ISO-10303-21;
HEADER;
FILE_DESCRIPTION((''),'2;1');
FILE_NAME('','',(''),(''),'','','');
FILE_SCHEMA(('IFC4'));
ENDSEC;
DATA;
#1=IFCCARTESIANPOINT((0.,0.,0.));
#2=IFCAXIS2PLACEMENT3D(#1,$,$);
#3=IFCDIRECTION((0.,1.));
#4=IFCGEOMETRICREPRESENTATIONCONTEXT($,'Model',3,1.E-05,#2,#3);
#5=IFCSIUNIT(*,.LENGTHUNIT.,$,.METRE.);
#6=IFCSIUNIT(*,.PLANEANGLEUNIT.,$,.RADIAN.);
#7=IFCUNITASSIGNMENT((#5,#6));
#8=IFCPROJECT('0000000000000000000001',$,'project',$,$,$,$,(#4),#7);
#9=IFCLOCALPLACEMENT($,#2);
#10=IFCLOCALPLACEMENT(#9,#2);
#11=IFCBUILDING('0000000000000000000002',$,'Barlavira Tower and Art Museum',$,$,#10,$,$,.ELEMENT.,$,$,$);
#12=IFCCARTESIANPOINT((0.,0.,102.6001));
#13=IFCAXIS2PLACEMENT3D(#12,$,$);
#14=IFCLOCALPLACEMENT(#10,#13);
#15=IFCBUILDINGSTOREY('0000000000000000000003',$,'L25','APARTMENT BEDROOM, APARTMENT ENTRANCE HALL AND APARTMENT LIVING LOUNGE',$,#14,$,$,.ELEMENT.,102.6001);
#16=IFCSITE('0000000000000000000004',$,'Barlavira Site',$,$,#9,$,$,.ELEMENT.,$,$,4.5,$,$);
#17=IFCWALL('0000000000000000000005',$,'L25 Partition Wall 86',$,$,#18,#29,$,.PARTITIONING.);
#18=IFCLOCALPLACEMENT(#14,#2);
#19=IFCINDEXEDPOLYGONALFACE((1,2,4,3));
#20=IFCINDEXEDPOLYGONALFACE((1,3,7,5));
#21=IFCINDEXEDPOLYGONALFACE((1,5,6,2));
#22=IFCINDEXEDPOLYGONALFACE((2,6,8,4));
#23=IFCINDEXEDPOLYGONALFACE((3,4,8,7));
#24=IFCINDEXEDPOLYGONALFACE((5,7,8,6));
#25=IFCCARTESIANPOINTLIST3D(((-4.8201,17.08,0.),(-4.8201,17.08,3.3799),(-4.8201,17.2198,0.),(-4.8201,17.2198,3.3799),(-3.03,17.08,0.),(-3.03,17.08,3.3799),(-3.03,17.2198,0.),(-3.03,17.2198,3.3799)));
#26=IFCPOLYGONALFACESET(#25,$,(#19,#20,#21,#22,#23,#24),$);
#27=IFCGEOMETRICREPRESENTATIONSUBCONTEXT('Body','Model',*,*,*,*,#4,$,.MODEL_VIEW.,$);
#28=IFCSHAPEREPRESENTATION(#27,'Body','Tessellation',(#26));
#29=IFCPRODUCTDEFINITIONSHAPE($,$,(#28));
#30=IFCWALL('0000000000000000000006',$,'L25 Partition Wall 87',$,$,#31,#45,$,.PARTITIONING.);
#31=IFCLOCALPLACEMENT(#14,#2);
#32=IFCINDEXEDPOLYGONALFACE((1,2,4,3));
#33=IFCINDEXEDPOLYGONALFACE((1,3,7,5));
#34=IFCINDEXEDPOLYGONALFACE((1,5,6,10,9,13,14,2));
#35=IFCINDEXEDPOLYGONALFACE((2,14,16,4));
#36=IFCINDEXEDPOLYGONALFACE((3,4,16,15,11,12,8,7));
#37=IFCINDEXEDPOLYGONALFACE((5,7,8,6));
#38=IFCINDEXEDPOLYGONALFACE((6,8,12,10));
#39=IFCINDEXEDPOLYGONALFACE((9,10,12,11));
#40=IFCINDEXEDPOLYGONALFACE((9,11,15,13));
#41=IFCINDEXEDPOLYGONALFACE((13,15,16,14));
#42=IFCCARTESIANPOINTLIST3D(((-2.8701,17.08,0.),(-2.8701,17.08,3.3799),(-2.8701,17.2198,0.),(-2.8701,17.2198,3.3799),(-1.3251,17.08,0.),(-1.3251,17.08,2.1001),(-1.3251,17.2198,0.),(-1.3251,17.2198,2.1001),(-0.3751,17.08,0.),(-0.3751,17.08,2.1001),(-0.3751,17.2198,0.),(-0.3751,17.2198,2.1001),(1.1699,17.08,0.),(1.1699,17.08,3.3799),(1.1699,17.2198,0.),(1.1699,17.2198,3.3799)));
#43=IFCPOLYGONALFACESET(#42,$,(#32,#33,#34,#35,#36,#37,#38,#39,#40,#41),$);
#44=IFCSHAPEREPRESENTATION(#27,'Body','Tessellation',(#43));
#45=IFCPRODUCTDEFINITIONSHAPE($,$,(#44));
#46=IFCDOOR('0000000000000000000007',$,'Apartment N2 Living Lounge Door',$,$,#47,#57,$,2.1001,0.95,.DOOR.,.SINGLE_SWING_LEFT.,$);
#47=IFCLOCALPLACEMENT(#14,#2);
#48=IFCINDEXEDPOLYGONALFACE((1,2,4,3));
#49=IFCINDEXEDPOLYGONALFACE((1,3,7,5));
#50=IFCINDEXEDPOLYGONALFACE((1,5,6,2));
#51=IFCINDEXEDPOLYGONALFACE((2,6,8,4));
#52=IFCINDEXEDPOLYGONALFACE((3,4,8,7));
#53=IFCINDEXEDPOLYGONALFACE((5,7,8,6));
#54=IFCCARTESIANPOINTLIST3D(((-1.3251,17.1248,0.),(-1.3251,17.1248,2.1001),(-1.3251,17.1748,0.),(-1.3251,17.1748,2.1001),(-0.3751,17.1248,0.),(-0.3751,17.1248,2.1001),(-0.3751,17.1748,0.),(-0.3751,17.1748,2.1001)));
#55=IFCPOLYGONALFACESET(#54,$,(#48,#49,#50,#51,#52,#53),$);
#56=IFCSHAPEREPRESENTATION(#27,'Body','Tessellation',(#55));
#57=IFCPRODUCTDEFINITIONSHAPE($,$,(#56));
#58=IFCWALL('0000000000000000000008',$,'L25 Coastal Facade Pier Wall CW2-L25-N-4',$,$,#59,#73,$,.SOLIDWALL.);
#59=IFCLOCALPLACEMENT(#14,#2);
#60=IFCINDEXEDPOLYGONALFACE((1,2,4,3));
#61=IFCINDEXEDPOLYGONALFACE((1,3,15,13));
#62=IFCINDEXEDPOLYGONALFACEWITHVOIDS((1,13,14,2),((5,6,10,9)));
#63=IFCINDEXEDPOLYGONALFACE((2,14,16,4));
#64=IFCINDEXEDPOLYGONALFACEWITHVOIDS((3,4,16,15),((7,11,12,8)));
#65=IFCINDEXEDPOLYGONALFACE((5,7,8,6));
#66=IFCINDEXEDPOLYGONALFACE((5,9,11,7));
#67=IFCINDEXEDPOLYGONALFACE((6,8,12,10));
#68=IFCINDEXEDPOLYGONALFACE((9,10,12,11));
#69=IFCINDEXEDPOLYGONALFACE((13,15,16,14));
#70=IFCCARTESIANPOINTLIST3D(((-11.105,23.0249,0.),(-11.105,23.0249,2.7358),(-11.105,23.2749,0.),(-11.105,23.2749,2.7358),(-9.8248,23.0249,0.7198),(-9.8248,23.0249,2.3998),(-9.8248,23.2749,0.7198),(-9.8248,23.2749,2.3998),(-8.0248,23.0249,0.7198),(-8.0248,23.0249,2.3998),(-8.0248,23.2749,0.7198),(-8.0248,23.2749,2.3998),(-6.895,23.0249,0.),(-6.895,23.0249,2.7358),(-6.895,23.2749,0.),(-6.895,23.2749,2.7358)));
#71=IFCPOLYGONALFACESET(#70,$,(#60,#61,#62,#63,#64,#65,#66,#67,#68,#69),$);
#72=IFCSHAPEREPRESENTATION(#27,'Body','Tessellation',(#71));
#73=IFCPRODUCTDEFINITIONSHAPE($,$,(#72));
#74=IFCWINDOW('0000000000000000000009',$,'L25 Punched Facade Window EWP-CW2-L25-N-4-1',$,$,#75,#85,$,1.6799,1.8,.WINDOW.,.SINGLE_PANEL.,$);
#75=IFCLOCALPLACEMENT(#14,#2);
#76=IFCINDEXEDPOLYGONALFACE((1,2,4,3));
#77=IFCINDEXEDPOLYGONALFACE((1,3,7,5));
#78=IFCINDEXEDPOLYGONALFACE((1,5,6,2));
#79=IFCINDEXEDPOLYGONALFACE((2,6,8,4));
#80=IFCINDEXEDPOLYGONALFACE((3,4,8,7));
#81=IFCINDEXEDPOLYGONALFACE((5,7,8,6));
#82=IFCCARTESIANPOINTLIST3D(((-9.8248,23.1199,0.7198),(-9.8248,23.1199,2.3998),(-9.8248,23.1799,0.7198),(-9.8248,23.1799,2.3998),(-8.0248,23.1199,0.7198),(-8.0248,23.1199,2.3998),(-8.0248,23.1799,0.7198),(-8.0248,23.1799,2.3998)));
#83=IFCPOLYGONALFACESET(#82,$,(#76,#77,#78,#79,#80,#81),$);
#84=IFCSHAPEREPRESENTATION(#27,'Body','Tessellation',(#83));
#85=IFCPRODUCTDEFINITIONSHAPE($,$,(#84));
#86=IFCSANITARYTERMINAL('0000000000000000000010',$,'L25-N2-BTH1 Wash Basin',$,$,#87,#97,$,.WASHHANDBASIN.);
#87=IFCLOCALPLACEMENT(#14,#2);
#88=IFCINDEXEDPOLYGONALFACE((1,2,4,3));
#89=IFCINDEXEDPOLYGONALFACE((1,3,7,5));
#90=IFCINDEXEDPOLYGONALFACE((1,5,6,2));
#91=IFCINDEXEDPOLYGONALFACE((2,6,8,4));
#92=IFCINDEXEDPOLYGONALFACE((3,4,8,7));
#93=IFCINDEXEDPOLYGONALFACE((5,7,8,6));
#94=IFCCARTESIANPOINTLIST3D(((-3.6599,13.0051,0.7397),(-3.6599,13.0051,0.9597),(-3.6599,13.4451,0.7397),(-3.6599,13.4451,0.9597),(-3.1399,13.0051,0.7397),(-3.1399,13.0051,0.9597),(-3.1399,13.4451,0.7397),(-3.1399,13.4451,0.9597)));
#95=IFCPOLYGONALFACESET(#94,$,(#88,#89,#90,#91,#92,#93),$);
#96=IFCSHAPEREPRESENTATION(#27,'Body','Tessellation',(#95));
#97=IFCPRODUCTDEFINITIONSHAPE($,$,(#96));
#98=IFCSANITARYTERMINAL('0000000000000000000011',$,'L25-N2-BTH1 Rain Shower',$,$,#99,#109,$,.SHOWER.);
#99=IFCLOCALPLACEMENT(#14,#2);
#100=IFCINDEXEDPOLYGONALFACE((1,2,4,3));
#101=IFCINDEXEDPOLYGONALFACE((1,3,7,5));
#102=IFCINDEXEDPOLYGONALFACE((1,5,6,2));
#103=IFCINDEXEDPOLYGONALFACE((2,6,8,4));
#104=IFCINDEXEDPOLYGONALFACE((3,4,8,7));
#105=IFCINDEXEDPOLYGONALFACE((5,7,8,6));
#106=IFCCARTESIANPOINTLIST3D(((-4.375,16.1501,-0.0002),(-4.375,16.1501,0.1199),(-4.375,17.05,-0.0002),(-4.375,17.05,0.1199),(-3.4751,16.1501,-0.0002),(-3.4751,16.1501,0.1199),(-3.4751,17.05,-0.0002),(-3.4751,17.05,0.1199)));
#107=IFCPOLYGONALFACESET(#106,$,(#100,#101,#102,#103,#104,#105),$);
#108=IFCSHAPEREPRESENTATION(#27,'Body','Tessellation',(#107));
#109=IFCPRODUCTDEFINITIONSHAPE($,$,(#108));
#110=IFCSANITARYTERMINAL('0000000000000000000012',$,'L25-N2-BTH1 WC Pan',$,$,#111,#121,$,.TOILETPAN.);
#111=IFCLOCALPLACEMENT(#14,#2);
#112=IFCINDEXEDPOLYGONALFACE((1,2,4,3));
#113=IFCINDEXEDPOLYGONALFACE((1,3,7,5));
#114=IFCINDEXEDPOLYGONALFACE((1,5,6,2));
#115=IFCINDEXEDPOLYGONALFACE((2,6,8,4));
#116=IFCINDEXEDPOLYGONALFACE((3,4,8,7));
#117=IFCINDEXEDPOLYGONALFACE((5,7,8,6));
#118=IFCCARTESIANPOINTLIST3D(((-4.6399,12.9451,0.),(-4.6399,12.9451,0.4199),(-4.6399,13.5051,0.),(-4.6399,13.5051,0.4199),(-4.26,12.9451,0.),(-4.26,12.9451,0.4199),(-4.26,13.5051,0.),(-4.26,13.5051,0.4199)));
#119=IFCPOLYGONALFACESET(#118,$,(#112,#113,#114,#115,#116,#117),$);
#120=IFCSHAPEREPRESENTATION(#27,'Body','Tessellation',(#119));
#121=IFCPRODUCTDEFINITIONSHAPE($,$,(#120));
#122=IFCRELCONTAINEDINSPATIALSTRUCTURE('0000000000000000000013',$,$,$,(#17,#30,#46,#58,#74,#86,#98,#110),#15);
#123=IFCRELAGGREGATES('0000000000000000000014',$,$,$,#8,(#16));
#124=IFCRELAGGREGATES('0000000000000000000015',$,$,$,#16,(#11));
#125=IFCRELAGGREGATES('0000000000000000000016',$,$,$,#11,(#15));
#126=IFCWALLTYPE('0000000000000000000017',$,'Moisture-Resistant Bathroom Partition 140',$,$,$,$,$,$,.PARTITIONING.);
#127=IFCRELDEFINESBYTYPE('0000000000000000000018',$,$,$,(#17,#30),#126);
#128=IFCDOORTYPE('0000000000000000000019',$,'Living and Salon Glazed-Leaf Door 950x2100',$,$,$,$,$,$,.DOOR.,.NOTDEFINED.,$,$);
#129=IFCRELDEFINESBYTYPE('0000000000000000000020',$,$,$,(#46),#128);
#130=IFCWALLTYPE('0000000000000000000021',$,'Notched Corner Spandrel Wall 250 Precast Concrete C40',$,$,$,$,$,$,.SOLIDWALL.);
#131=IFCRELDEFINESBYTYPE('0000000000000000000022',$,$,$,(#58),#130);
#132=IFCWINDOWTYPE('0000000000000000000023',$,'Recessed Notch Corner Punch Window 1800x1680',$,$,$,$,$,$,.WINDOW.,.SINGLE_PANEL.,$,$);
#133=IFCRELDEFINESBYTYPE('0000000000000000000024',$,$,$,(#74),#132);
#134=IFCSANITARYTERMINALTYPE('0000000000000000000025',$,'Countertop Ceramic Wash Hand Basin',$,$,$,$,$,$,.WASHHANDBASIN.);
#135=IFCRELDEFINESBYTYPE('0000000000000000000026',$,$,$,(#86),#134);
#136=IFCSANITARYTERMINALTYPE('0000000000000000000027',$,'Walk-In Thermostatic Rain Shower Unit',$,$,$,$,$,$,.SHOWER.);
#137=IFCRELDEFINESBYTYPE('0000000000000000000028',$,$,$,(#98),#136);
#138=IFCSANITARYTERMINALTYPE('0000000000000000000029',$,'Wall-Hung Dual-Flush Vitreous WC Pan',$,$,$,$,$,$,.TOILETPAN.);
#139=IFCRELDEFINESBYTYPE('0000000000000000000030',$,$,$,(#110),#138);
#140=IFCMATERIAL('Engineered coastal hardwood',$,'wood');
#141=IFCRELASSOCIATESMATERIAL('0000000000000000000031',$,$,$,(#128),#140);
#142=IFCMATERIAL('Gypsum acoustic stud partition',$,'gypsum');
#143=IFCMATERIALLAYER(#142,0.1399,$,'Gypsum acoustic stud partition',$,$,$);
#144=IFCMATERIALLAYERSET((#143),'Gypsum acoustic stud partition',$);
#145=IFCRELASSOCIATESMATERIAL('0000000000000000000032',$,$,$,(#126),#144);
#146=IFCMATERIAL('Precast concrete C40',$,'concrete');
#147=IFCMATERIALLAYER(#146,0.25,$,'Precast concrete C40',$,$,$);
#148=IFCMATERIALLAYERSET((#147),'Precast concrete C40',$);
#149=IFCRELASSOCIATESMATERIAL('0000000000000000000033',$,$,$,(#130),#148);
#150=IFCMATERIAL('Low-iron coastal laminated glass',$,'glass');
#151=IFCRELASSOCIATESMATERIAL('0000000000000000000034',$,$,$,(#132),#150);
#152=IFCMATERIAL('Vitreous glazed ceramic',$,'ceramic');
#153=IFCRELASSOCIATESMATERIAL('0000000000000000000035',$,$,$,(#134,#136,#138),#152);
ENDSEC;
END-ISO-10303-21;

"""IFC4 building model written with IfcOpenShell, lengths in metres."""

from ifc_helpers import new_model, si_unit, direction, frame, frame_2d, origin, origin_2d, place, context, subcontext, project, spatial, rectangle, extrude, material, layer, layer_set, type_object, element, fill, save


model = new_model("IFC4")

# Units and contexts
model_context = context("Model", 3, precision=1e-05, world=origin(), true_north=direction((0.0, 1.0)))
body_context = subcontext(model_context, "Body", "Model", "MODEL_VIEW")
ifc_project = project(units=[si_unit("LENGTHUNIT", "METRE"), si_unit("PLANEANGLEUNIT", "RADIAN")], contexts=[model_context])

# Site, building, storey
site_placement = place(None, origin())
site = spatial("IfcSite", under=ifc_project, at=site_placement, Name="Barlavira Site", CompositionType="ELEMENT", RefElevation=4.5)
building_placement = place(site_placement, origin())
building = spatial("IfcBuilding", under=site, at=building_placement, Name="Barlavira Tower and Art Museum", CompositionType="ELEMENT")
storey_placement = place(building_placement, frame((0.0, 0.0, 102.6001)))
storey = spatial("IfcBuildingStorey", under=building, at=storey_placement, Name="L25", Description="APARTMENT BEDROOM, APARTMENT ENTRANCE HALL AND APARTMENT LIVING LOUNGE", CompositionType="ELEMENT", Elevation=102.6001)

# Shared definitions
ifc_material_1 = material(Name="Low-iron coastal laminated glass", Category="glass")

# Shared definitions
ifc_material_2 = material(Name="Gypsum acoustic stud partition", Category="gypsum")
ifc_material_3 = material(Name="Engineered coastal hardwood", Category="wood")
door_type_1 = type_object("IfcDoorType", Name="Living and Salon Glazed-Leaf Door 950x2100", OperationType="NOTDEFINED", PredefinedType="DOOR", material=ifc_material_3)

# Shared definitions
ifc_layer_1 = layer(ifc_material_2, 0.1399, Name="Gypsum acoustic stud partition")
ifc_layer_set_1 = layer_set([ifc_layer_1], Name="Gypsum acoustic stud partition")
wall_type_1 = type_object("IfcWallType", Name="Moisture-Resistant Bathroom Partition 140", PredefinedType="PARTITIONING", material=ifc_layer_set_1)

# Wall
wall_1_placement = place(storey_placement, frame((-4.8201, 17.1499, 0.0), z_axis=(0.0, 0.0, 1.0), x_axis=(1.0, 0.0, 0.0)))
element("IfcWall", 1, at=wall_1_placement, inside=storey, type_object=wall_type_1, Name="L25 Partition Wall 86", PredefinedType="PARTITIONING", context=body_context, shape_type="SweptSolid", body=[
    extrude(rectangle(XDim=1.79, YDim=0.1399, at=frame_2d((0.895, 0.0))), origin(), (0.0, 0.0, 1.0), 3.3799),
])

# Wall, opening, door
wall_2_placement = place(storey_placement, frame((-2.8701, 17.1499, 0.0), z_axis=(0.0, 0.0, 1.0), x_axis=(1.0, 0.0, 0.0)))
wall_2 = element("IfcWall", 2, at=wall_2_placement, inside=storey, type_object=wall_type_1, Name="L25 Partition Wall 87", PredefinedType="PARTITIONING", context=body_context, shape_type="SweptSolid", body=[
    extrude(rectangle(XDim=4.04, YDim=0.1399, at=frame_2d((2.02, 0.0))), origin(), (0.0, 0.0, 1.0), 3.3799),
])
opening_1_placement = place(wall_2_placement, frame((1.5449, 0.0, 0.0)))
opening_1 = element("IfcOpeningElement", 3, at=opening_1_placement, cuts=wall_2, PredefinedType="OPENING", context=body_context, shape_type="SweptSolid", body=[
    extrude(rectangle(XDim=0.95, YDim=2.1001, at=frame_2d((0.4751, 1.05))), frame((0.0, 0.0801, 0.0), z_axis=(0.0, -1.0, 0.0), x_axis=(1.0, 0.0, 0.0)), (0.0, 0.0, 1.0), 0.1599),
])
door_1_placement = place(opening_1_placement, origin())
door_1 = element("IfcDoor", 4, at=door_1_placement, inside=storey, type_object=door_type_1, Name="Apartment N2 Living Lounge Door", OperationType="SINGLE_SWING_LEFT", OverallHeight=2.1001, OverallWidth=0.95, PredefinedType="DOOR", context=body_context, shape_type="SweptSolid", body=[
    extrude(rectangle(XDim=0.95, YDim=2.1001, at=frame_2d((0.4751, 1.05))), frame((0.0, 0.0249, 0.0), z_axis=(0.0, -1.0, 0.0), x_axis=(1.0, 0.0, 0.0)), (0.0, 0.0, 1.0), 0.05),
])
fill(opening_1, door_1)

# Wall, opening, window
ifc_material_4 = material(Name="Precast concrete C40", Category="concrete")
ifc_layer_2 = layer(ifc_material_4, 0.25, Name="Precast concrete C40")
ifc_layer_set_2 = layer_set([ifc_layer_2], Name="Precast concrete C40")
wall_type_2 = type_object("IfcWallType", Name="Notched Corner Spandrel Wall 250 Precast Concrete C40", PredefinedType="SOLIDWALL", material=ifc_layer_set_2)
wall_3_placement = place(storey_placement, frame((-6.895, 23.1499, 0.0), z_axis=(0.0, 0.0, 1.0), x_axis=(-1.0, 0.0, 0.0)))
wall_3 = element("IfcWall", 5, at=wall_3_placement, inside=storey, type_object=wall_type_2, Name="L25 Coastal Facade Pier Wall CW2-L25-N-4", PredefinedType="SOLIDWALL", context=body_context, shape_type="SweptSolid", body=[
    extrude(rectangle(XDim=4.21, YDim=0.25, at=frame_2d((2.105, 0.0))), origin(), (0.0, 0.0, 1.0), 2.7358),
])
opening_2_placement = place(wall_3_placement, frame((1.1299, 0.0, 0.72)))
opening_2 = element("IfcOpeningElement", 6, at=opening_2_placement, cuts=wall_3, PredefinedType="OPENING", context=body_context, shape_type="SweptSolid", body=[
    extrude(rectangle(XDim=1.8, YDim=1.6799, at=frame_2d((0.8999, 0.8398))), frame((0.0, 0.135, 0.0), z_axis=(0.0, -1.0, 0.0), x_axis=(1.0, 0.0, 0.0)), (0.0, 0.0, 1.0), 0.27),
])
window_type = type_object("IfcWindowType", Name="Recessed Notch Corner Punch Window 1800x1680", PartitioningType="SINGLE_PANEL", PredefinedType="WINDOW", material=ifc_material_1)
window_placement = place(opening_2_placement, origin())
window = element("IfcWindow", 7, at=window_placement, inside=storey, type_object=window_type, Name="L25 Punched Facade Window EWP-CW2-L25-N-4-1", OverallHeight=1.6799, OverallWidth=1.8, PartitioningType="SINGLE_PANEL", PredefinedType="WINDOW", context=body_context, shape_type="SweptSolid", body=[
    extrude(rectangle(XDim=1.8, YDim=1.6799, at=frame_2d((0.8999, 0.8398))), frame((0.0, 0.03, 0.0), z_axis=(0.0, -1.0, 0.0), x_axis=(1.0, 0.0, 0.0)), (0.0, 0.0, 1.0), 0.0601),
])
fill(opening_2, window)

# Sanitary terminals
ifc_material_5 = material(Name="Vitreous glazed ceramic", Category="ceramic")
sanitary_terminal_type_1 = type_object("IfcSanitaryTerminalType", Name="Countertop Ceramic Wash Hand Basin", PredefinedType="WASHHANDBASIN", material=ifc_material_5)
sanitary_terminal_1_placement = place(storey_placement, frame((-3.3999, 13.2251, 0.7397), z_axis=(0.0, 0.0, 1.0), x_axis=(1.0, 0.0, 0.0)))
element("IfcSanitaryTerminal", 8, at=sanitary_terminal_1_placement, inside=storey, type_object=sanitary_terminal_type_1, Name="L25-N2-BTH1 Wash Basin", PredefinedType="WASHHANDBASIN", context=body_context, shape_type="SweptSolid", body=[
    extrude(rectangle(XDim=0.52, YDim=0.4399, at=origin_2d()), origin(), (0.0, 0.0, 1.0), 0.22),
])
sanitary_terminal_type_2 = type_object("IfcSanitaryTerminalType", Name="Walk-In Thermostatic Rain Shower Unit", PredefinedType="SHOWER", material=ifc_material_5)
sanitary_terminal_2_placement = place(storey_placement, frame((-3.925, 16.6001, -0.0002), z_axis=(0.0, 0.0, 1.0), x_axis=(1.0, 0.0, 0.0)))
element("IfcSanitaryTerminal", 9, at=sanitary_terminal_2_placement, inside=storey, type_object=sanitary_terminal_type_2, Name="L25-N2-BTH1 Rain Shower", PredefinedType="SHOWER", context=body_context, shape_type="SweptSolid", body=[
    extrude(rectangle(XDim=0.8999, YDim=0.8999, at=origin_2d()), origin(), (0.0, 0.0, 1.0), 0.1201),
])
sanitary_terminal_type_3 = type_object("IfcSanitaryTerminalType", Name="Wall-Hung Dual-Flush Vitreous WC Pan", PredefinedType="TOILETPAN", material=ifc_material_5)
sanitary_terminal_3_placement = place(storey_placement, frame((-4.45, 13.2251, 0.0), z_axis=(0.0, 0.0, 1.0), x_axis=(1.0, 0.0, 0.0)))
element("IfcSanitaryTerminal", 10, at=sanitary_terminal_3_placement, inside=storey, type_object=sanitary_terminal_type_3, Name="L25-N2-BTH1 WC Pan", PredefinedType="TOILETPAN", context=body_context, shape_type="SweptSolid", body=[
    extrude(rectangle(XDim=0.3799, YDim=0.5601, at=origin_2d()), origin(), (0.0, 0.0, 1.0), 0.4199),
])

save(model, "model.ifc")
